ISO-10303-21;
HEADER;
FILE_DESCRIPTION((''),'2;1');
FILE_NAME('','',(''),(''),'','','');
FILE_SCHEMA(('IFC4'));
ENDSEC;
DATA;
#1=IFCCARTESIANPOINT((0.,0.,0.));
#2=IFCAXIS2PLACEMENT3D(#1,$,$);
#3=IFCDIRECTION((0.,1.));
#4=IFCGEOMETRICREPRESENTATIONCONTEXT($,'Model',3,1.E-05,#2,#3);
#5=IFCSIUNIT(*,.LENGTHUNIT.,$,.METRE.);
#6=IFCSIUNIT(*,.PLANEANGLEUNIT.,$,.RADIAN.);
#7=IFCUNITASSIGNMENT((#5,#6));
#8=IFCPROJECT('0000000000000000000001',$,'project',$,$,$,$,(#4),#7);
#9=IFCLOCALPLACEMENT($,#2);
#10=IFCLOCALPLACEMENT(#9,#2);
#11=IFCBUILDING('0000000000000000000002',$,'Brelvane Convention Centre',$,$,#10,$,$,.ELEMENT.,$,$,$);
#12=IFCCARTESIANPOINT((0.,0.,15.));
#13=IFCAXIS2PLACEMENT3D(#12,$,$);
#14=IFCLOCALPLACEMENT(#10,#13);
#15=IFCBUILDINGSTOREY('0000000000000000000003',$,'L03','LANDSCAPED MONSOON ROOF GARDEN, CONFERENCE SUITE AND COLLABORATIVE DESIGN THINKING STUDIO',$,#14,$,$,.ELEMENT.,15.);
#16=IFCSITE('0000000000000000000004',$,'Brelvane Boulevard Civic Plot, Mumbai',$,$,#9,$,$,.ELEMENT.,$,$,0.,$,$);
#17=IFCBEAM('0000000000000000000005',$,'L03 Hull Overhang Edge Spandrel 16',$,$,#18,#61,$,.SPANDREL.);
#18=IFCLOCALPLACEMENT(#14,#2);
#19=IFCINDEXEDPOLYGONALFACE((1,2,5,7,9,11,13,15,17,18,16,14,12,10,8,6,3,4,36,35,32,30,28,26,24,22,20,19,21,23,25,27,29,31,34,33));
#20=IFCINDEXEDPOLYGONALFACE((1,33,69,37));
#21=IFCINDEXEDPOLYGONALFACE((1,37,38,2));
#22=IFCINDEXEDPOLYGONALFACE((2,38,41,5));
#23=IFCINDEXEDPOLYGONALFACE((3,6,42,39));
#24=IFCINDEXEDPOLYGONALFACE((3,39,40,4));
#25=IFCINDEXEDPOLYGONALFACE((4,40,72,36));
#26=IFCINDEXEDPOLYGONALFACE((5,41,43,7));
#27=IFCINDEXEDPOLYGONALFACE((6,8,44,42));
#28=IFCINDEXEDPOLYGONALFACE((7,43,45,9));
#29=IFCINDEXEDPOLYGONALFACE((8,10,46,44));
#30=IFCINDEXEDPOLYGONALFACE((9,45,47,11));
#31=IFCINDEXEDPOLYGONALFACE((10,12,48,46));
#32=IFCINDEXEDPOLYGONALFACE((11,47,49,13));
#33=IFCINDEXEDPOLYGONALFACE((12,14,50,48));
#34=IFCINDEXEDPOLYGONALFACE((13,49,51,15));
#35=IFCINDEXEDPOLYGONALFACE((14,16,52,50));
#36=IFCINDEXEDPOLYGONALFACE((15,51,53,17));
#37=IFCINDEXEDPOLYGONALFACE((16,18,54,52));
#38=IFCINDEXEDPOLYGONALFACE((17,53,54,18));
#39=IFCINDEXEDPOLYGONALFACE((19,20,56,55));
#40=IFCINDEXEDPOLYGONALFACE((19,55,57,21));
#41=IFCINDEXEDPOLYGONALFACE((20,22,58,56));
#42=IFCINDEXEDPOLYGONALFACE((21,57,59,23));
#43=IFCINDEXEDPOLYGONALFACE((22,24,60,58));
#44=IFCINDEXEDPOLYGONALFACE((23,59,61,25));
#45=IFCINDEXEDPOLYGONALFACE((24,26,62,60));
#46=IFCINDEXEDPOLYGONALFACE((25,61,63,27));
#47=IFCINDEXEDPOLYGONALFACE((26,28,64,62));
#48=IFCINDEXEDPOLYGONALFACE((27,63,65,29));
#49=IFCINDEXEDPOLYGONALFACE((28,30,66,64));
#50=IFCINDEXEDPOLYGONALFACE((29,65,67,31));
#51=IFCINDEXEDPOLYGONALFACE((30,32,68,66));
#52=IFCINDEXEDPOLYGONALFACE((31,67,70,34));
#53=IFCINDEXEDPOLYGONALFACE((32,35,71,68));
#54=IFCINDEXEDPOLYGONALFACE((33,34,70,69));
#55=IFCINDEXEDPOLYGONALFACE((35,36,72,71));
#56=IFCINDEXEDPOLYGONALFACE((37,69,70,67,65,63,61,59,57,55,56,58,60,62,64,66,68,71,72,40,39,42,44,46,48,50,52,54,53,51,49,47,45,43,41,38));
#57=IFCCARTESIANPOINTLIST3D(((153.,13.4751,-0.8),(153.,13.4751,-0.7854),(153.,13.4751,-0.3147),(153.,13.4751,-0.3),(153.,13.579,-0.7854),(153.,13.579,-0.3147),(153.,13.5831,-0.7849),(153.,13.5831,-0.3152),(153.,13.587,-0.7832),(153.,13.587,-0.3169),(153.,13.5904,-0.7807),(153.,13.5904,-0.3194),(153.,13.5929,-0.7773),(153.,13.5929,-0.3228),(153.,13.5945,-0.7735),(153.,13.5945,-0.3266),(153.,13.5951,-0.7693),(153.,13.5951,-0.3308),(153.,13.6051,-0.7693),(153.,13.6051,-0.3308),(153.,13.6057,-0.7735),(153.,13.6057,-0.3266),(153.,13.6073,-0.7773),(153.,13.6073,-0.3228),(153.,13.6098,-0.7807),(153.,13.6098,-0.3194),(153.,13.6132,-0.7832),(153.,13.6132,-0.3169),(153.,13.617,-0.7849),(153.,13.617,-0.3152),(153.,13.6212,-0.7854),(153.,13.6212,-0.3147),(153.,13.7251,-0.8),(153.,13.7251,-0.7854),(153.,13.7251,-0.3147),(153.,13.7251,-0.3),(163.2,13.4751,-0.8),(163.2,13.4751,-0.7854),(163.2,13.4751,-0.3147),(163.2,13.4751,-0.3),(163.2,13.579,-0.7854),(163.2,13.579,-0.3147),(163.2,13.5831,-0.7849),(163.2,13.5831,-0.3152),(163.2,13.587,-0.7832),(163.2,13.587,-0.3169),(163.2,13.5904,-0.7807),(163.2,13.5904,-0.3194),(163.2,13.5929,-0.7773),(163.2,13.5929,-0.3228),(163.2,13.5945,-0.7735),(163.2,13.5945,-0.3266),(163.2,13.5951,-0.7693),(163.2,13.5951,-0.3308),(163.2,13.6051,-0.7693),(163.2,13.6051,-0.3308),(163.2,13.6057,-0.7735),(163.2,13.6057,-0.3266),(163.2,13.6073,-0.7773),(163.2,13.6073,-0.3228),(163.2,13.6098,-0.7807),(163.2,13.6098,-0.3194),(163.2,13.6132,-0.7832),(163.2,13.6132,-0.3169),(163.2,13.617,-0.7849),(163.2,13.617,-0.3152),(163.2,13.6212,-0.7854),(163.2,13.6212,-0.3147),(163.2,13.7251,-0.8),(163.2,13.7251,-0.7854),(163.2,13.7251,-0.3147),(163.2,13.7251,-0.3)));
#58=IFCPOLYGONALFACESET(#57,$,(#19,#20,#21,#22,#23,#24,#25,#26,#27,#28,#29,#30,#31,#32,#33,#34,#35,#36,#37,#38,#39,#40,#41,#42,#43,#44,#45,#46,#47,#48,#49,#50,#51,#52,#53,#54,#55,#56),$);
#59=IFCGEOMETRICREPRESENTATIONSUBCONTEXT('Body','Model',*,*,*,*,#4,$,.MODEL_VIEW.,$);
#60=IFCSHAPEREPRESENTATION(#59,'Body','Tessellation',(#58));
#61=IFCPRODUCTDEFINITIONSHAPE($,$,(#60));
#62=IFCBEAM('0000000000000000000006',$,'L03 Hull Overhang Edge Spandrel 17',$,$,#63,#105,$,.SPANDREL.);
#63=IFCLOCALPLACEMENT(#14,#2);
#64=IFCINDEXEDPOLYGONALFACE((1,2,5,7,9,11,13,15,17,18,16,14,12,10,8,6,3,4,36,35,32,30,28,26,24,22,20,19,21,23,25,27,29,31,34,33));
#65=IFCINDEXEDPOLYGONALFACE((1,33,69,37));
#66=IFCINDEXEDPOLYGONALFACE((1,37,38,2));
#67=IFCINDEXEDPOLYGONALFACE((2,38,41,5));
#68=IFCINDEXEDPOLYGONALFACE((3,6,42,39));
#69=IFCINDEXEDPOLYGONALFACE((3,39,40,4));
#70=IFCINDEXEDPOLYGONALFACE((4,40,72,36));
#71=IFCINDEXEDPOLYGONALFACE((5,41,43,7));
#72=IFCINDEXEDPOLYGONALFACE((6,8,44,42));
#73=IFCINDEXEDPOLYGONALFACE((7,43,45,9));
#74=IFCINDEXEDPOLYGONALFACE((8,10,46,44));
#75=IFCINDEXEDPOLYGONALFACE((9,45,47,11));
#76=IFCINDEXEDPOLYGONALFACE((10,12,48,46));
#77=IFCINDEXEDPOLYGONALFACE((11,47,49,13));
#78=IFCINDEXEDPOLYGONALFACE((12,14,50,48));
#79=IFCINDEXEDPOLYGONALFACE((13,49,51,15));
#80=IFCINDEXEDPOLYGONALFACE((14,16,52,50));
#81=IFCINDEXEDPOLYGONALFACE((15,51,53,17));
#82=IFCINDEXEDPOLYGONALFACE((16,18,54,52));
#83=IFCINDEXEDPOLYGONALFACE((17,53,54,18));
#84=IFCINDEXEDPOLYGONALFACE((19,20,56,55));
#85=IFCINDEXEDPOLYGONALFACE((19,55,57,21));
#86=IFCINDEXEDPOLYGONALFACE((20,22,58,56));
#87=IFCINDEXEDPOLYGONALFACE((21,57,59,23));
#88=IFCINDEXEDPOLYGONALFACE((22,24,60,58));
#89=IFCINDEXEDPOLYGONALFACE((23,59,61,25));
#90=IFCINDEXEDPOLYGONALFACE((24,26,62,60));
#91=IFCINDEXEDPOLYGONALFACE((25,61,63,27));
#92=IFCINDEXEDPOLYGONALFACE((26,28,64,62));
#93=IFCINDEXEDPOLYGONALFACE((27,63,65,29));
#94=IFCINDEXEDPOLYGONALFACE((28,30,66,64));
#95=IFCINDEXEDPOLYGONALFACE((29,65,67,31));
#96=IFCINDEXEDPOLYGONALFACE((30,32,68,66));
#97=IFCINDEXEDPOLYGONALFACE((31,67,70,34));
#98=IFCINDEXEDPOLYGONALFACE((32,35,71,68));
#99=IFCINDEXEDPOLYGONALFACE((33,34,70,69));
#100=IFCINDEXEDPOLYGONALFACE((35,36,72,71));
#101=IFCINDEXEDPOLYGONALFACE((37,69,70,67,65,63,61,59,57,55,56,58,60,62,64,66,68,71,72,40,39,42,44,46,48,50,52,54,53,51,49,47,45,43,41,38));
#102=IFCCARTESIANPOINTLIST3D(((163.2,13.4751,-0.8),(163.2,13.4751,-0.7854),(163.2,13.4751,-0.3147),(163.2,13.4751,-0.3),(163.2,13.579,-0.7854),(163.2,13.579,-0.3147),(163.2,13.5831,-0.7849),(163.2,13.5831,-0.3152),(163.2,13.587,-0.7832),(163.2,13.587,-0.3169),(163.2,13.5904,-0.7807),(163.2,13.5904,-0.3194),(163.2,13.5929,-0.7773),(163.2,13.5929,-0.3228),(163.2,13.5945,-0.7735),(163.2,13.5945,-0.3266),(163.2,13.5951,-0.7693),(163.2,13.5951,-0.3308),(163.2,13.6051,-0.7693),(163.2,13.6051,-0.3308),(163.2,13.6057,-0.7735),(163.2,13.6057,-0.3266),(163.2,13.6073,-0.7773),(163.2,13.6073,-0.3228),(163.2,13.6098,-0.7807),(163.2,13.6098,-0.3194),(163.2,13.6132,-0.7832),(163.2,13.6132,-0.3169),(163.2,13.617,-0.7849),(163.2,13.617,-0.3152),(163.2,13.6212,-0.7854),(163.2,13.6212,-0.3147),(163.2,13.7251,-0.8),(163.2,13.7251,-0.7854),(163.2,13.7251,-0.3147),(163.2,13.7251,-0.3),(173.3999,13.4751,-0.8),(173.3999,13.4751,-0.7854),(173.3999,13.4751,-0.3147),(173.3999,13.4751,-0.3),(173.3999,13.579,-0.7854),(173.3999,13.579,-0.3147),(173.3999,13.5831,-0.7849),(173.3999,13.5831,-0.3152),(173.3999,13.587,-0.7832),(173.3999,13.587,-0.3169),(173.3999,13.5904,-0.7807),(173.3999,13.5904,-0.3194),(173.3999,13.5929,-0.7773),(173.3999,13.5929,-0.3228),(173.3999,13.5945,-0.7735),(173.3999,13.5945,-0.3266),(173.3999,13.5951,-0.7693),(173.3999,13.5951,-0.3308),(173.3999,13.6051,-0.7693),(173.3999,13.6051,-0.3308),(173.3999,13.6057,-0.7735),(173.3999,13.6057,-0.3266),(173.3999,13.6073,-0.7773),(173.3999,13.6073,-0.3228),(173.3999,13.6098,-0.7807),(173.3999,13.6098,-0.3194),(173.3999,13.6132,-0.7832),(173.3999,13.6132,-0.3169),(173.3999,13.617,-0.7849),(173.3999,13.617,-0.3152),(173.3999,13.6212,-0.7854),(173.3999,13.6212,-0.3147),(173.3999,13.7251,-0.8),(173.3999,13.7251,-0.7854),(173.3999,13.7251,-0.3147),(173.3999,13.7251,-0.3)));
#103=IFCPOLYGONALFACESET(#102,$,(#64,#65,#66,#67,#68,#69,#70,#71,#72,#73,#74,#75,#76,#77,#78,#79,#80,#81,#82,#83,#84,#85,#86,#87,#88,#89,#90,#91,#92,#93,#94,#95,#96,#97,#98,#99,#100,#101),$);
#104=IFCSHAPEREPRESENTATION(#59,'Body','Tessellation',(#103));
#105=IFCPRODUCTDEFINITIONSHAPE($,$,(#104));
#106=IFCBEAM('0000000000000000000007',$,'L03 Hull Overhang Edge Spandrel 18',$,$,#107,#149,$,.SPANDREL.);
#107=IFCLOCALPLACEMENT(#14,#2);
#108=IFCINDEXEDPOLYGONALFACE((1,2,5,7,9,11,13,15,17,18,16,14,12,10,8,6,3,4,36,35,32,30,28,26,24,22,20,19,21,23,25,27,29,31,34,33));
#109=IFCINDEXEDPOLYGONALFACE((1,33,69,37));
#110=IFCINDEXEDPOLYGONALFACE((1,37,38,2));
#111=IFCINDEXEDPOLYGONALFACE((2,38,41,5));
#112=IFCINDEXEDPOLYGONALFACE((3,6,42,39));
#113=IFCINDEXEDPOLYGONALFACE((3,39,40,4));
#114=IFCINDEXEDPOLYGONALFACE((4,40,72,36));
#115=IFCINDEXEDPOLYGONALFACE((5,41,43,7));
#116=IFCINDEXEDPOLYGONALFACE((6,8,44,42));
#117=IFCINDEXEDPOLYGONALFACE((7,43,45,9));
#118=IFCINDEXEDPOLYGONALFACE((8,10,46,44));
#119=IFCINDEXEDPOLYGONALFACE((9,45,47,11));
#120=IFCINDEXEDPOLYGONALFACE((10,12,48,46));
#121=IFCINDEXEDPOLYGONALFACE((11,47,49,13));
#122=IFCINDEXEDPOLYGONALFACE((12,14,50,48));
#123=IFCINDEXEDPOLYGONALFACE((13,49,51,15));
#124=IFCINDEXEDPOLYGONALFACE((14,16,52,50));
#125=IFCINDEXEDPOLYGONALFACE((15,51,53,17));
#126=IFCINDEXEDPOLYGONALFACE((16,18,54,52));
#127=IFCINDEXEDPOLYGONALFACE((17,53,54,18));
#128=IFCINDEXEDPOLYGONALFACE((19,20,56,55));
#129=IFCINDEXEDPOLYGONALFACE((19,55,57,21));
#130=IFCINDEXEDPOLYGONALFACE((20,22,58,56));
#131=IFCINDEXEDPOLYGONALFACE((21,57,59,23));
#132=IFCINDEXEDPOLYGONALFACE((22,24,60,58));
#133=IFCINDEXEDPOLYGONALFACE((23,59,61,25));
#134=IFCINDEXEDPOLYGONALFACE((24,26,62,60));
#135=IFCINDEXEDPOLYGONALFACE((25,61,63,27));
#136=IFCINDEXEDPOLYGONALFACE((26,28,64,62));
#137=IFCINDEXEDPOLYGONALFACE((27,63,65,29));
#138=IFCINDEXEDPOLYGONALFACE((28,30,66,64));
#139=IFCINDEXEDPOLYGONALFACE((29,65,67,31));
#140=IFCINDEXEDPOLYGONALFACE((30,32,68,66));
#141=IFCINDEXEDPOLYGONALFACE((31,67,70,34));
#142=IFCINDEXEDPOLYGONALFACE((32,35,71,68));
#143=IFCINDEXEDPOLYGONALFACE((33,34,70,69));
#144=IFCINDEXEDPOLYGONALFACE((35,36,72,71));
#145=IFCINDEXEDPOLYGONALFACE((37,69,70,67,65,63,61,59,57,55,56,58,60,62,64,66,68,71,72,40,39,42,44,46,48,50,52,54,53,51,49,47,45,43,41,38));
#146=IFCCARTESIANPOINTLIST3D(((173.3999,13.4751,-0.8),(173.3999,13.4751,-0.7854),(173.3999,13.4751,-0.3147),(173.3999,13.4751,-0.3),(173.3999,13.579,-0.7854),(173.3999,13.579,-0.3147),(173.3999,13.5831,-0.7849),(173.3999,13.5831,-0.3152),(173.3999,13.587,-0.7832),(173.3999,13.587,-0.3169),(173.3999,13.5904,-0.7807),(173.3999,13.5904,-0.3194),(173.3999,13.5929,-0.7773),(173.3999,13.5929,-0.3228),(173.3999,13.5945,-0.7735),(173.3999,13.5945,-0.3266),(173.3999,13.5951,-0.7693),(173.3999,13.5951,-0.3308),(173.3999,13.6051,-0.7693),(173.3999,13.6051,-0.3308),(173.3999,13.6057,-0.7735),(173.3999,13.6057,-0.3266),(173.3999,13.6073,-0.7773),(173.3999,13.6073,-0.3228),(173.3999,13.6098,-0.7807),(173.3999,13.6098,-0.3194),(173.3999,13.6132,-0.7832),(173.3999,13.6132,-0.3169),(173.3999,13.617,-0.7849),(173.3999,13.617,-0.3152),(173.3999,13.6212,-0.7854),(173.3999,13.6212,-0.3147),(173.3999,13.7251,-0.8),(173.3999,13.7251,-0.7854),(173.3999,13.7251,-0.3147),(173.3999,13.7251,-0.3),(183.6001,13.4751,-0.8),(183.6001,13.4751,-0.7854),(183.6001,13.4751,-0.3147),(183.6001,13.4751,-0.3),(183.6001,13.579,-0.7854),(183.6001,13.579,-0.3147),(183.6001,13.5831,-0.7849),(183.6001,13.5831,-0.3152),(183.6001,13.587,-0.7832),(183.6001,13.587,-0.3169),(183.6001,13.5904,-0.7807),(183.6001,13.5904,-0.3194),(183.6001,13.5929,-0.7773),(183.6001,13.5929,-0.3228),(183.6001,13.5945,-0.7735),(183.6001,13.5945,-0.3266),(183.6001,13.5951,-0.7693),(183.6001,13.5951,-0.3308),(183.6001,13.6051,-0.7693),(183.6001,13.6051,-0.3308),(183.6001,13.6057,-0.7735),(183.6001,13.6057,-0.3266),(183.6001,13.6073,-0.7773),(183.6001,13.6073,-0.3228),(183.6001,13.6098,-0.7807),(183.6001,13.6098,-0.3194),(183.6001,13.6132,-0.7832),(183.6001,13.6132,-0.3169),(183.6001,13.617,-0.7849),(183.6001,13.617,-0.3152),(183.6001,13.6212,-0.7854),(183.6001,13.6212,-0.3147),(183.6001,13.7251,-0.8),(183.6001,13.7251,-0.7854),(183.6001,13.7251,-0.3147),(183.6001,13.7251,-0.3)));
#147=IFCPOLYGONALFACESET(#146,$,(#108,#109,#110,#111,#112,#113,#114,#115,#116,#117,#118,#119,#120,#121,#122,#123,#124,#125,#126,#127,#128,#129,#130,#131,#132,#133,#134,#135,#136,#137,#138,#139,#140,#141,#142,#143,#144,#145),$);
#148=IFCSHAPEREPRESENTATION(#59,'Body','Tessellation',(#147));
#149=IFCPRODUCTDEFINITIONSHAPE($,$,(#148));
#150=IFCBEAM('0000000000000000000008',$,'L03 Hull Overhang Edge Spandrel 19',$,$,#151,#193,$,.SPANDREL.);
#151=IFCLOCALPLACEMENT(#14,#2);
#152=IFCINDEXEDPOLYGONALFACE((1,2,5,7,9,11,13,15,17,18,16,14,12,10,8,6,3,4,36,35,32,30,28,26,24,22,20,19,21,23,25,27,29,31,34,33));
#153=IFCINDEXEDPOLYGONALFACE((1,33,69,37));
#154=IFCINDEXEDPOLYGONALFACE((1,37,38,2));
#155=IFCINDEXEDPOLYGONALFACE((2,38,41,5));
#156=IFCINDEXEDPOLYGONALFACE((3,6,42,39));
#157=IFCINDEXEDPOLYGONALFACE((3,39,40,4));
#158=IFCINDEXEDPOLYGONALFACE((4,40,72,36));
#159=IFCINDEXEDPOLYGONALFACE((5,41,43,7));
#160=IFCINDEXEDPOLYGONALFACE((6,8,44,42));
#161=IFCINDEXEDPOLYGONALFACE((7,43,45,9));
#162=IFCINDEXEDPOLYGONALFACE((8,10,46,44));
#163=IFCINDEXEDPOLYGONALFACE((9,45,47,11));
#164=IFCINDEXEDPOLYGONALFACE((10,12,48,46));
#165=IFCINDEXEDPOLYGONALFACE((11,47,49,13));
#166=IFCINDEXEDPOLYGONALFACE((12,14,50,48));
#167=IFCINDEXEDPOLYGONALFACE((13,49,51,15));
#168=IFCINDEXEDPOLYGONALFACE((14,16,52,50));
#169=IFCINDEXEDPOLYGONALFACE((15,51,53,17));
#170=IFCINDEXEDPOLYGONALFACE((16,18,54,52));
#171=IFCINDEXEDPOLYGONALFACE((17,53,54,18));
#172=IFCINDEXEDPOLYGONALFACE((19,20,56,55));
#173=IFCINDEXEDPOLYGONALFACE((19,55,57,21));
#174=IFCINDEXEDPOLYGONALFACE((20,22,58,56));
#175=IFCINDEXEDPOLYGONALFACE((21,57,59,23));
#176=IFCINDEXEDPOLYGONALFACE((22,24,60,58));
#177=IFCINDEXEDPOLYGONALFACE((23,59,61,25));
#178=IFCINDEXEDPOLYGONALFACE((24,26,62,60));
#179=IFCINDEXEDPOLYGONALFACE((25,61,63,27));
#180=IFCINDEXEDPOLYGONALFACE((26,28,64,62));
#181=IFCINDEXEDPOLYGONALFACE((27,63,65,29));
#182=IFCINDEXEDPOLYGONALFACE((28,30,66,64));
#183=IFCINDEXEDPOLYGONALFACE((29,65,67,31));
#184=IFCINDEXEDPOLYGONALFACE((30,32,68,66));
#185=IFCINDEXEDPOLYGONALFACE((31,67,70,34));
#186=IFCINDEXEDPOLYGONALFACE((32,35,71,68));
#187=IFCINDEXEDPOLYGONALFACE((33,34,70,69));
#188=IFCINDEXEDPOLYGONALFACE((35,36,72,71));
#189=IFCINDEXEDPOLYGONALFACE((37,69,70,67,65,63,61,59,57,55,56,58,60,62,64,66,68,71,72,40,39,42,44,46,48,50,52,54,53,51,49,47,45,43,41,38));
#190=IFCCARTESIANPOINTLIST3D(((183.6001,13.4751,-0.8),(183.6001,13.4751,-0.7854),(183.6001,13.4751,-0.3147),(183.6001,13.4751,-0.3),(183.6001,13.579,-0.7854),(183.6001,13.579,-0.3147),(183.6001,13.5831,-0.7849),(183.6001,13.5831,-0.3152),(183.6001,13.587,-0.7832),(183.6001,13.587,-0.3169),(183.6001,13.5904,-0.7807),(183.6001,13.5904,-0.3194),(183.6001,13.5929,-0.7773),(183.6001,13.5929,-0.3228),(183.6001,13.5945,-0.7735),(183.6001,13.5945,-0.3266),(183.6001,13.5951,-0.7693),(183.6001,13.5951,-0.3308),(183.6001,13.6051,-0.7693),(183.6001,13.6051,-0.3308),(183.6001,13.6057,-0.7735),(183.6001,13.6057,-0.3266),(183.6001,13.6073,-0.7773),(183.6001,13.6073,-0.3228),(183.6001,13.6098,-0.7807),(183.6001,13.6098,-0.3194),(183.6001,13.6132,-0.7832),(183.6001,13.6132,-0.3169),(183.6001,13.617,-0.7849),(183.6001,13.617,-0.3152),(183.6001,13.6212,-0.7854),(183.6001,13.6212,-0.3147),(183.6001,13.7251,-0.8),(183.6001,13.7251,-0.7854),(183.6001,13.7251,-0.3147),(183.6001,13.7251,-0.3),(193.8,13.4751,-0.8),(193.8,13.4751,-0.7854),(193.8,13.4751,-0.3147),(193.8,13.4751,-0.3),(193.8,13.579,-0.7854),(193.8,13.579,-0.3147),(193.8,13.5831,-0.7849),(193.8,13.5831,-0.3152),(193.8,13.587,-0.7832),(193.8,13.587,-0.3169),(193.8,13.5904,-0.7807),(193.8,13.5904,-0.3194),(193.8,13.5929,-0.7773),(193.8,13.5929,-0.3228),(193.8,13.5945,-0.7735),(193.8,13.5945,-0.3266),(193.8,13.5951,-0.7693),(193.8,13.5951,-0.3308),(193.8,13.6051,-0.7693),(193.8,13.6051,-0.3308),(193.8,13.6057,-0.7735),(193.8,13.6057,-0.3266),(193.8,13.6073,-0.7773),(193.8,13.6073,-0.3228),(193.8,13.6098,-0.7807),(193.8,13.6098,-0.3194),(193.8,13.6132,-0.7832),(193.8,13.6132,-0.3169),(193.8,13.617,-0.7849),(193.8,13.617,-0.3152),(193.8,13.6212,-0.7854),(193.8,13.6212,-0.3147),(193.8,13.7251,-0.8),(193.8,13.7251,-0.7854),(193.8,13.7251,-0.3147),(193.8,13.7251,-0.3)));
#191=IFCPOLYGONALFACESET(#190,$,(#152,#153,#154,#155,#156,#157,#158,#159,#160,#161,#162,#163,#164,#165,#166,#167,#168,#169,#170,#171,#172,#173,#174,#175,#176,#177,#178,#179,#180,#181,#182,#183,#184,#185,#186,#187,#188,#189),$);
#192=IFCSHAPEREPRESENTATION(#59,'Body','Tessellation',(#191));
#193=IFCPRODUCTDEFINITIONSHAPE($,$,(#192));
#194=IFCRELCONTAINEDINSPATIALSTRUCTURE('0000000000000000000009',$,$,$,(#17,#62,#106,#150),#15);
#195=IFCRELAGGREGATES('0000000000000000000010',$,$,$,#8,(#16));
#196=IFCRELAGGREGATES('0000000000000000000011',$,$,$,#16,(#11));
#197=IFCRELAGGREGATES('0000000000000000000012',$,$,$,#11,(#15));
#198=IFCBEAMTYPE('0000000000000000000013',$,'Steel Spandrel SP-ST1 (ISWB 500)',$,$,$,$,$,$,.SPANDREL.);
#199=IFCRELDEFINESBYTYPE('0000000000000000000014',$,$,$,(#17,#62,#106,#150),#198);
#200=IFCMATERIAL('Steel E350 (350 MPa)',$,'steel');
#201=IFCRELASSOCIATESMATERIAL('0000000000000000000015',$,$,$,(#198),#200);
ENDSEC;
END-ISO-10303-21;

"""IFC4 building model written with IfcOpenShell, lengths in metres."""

from ifc_helpers import new_model, si_unit, direction, frame, origin, origin_2d, place, context, subcontext, project, spatial, i_section, extrude, material, material_profile, profile_set, type_object, element, save


model = new_model("IFC4")

# Units and contexts
model_context = context("Model", 3, precision=1e-05, world=origin(), true_north=direction((0.0, 1.0)))
body_context = subcontext(model_context, "Body", "Model", "MODEL_VIEW")
ifc_project = project(units=[si_unit("LENGTHUNIT", "METRE"), si_unit("PLANEANGLEUNIT", "RADIAN")], contexts=[model_context])

# Site, building, storey
site_placement = place(None, origin())
site = spatial("IfcSite", under=ifc_project, at=site_placement, Name="Brelvane Boulevard Civic Plot, Mumbai", CompositionType="ELEMENT", RefElevation=0.0)
building_placement = place(site_placement, origin())
building = spatial("IfcBuilding", under=site, at=building_placement, Name="Brelvane Convention Centre", CompositionType="ELEMENT")
storey_placement = place(building_placement, frame((0.0, 0.0, 15.0)))
storey = spatial("IfcBuildingStorey", under=building, at=storey_placement, Name="L03", Description="LANDSCAPED MONSOON ROOF GARDEN, CONFERENCE SUITE AND COLLABORATIVE DESIGN THINKING STUDIO", CompositionType="ELEMENT", Elevation=15.0)

# Beams
ifc_material_1 = material(Name="Steel E350 (350 MPa)", Category="steel")
ifc_material_profile_1 = material_profile(ifc_material_1, i_section(OverallWidth=0.25, OverallDepth=0.5, WebThickness=0.01, FlangeThickness=0.0146, FilletRadius=0.0161, at=origin_2d()), Name="ISWB 500")
ifc_profile_set_1 = profile_set([ifc_material_profile_1], Name="Steel E350 (350 MPa)")
beam_type_1 = type_object("IfcBeamType", Name="Steel Spandrel SP-ST1 (ISWB 500)", PredefinedType="SPANDREL", material=ifc_profile_set_1)
for number, where, z_axis, x_axis, name in (
    (1, (153.0, 13.6001, -0.55), (1.0, 0.0, 0.0), (0.0, 1.0, 0.0), "L03 Hull Overhang Edge Spandrel 16"),
    (2, (163.2, 13.6001, -0.55), (1.0, 0.0, 0.0), (0.0, 1.0, 0.0), "L03 Hull Overhang Edge Spandrel 17"),
):
    element("IfcBeam", number, at=place(storey_placement, frame(where, z_axis=z_axis, x_axis=x_axis)), inside=storey, type_object=beam_type_1, Name=name, PredefinedType="SPANDREL", context=body_context, shape_type="SweptSolid", body=[
        extrude(i_section(OverallWidth=0.25, OverallDepth=0.5, WebThickness=0.01, FlangeThickness=0.0146, FilletRadius=0.0161, at=origin_2d()), origin(), (0.0, 0.0, 1.0), 10.2),
    ])
beam_1_placement = place(storey_placement, frame((173.3999, 13.6001, -0.55), z_axis=(1.0, 0.0, 0.0), x_axis=(0.0, 1.0, 0.0)))
element("IfcBeam", 3, at=beam_1_placement, inside=storey, type_object=beam_type_1, Name="L03 Hull Overhang Edge Spandrel 18", PredefinedType="SPANDREL", context=body_context, shape_type="SweptSolid", body=[
    extrude(i_section(OverallWidth=0.25, OverallDepth=0.5, WebThickness=0.01, FlangeThickness=0.0146, FilletRadius=0.0161, at=origin_2d()), origin(), (0.0, 0.0, 1.0), 10.2002),
])
beam_2_placement = place(storey_placement, frame((183.6001, 13.6001, -0.55), z_axis=(1.0, 0.0, 0.0), x_axis=(0.0, 1.0, 0.0)))
element("IfcBeam", 4, at=beam_2_placement, inside=storey, type_object=beam_type_1, Name="L03 Hull Overhang Edge Spandrel 19", PredefinedType="SPANDREL", context=body_context, shape_type="SweptSolid", body=[
    extrude(i_section(OverallWidth=0.25, OverallDepth=0.5, WebThickness=0.01, FlangeThickness=0.0146, FilletRadius=0.0161, at=origin_2d()), origin(), (0.0, 0.0, 1.0), 10.2),
])

save(model, "model.ifc")
